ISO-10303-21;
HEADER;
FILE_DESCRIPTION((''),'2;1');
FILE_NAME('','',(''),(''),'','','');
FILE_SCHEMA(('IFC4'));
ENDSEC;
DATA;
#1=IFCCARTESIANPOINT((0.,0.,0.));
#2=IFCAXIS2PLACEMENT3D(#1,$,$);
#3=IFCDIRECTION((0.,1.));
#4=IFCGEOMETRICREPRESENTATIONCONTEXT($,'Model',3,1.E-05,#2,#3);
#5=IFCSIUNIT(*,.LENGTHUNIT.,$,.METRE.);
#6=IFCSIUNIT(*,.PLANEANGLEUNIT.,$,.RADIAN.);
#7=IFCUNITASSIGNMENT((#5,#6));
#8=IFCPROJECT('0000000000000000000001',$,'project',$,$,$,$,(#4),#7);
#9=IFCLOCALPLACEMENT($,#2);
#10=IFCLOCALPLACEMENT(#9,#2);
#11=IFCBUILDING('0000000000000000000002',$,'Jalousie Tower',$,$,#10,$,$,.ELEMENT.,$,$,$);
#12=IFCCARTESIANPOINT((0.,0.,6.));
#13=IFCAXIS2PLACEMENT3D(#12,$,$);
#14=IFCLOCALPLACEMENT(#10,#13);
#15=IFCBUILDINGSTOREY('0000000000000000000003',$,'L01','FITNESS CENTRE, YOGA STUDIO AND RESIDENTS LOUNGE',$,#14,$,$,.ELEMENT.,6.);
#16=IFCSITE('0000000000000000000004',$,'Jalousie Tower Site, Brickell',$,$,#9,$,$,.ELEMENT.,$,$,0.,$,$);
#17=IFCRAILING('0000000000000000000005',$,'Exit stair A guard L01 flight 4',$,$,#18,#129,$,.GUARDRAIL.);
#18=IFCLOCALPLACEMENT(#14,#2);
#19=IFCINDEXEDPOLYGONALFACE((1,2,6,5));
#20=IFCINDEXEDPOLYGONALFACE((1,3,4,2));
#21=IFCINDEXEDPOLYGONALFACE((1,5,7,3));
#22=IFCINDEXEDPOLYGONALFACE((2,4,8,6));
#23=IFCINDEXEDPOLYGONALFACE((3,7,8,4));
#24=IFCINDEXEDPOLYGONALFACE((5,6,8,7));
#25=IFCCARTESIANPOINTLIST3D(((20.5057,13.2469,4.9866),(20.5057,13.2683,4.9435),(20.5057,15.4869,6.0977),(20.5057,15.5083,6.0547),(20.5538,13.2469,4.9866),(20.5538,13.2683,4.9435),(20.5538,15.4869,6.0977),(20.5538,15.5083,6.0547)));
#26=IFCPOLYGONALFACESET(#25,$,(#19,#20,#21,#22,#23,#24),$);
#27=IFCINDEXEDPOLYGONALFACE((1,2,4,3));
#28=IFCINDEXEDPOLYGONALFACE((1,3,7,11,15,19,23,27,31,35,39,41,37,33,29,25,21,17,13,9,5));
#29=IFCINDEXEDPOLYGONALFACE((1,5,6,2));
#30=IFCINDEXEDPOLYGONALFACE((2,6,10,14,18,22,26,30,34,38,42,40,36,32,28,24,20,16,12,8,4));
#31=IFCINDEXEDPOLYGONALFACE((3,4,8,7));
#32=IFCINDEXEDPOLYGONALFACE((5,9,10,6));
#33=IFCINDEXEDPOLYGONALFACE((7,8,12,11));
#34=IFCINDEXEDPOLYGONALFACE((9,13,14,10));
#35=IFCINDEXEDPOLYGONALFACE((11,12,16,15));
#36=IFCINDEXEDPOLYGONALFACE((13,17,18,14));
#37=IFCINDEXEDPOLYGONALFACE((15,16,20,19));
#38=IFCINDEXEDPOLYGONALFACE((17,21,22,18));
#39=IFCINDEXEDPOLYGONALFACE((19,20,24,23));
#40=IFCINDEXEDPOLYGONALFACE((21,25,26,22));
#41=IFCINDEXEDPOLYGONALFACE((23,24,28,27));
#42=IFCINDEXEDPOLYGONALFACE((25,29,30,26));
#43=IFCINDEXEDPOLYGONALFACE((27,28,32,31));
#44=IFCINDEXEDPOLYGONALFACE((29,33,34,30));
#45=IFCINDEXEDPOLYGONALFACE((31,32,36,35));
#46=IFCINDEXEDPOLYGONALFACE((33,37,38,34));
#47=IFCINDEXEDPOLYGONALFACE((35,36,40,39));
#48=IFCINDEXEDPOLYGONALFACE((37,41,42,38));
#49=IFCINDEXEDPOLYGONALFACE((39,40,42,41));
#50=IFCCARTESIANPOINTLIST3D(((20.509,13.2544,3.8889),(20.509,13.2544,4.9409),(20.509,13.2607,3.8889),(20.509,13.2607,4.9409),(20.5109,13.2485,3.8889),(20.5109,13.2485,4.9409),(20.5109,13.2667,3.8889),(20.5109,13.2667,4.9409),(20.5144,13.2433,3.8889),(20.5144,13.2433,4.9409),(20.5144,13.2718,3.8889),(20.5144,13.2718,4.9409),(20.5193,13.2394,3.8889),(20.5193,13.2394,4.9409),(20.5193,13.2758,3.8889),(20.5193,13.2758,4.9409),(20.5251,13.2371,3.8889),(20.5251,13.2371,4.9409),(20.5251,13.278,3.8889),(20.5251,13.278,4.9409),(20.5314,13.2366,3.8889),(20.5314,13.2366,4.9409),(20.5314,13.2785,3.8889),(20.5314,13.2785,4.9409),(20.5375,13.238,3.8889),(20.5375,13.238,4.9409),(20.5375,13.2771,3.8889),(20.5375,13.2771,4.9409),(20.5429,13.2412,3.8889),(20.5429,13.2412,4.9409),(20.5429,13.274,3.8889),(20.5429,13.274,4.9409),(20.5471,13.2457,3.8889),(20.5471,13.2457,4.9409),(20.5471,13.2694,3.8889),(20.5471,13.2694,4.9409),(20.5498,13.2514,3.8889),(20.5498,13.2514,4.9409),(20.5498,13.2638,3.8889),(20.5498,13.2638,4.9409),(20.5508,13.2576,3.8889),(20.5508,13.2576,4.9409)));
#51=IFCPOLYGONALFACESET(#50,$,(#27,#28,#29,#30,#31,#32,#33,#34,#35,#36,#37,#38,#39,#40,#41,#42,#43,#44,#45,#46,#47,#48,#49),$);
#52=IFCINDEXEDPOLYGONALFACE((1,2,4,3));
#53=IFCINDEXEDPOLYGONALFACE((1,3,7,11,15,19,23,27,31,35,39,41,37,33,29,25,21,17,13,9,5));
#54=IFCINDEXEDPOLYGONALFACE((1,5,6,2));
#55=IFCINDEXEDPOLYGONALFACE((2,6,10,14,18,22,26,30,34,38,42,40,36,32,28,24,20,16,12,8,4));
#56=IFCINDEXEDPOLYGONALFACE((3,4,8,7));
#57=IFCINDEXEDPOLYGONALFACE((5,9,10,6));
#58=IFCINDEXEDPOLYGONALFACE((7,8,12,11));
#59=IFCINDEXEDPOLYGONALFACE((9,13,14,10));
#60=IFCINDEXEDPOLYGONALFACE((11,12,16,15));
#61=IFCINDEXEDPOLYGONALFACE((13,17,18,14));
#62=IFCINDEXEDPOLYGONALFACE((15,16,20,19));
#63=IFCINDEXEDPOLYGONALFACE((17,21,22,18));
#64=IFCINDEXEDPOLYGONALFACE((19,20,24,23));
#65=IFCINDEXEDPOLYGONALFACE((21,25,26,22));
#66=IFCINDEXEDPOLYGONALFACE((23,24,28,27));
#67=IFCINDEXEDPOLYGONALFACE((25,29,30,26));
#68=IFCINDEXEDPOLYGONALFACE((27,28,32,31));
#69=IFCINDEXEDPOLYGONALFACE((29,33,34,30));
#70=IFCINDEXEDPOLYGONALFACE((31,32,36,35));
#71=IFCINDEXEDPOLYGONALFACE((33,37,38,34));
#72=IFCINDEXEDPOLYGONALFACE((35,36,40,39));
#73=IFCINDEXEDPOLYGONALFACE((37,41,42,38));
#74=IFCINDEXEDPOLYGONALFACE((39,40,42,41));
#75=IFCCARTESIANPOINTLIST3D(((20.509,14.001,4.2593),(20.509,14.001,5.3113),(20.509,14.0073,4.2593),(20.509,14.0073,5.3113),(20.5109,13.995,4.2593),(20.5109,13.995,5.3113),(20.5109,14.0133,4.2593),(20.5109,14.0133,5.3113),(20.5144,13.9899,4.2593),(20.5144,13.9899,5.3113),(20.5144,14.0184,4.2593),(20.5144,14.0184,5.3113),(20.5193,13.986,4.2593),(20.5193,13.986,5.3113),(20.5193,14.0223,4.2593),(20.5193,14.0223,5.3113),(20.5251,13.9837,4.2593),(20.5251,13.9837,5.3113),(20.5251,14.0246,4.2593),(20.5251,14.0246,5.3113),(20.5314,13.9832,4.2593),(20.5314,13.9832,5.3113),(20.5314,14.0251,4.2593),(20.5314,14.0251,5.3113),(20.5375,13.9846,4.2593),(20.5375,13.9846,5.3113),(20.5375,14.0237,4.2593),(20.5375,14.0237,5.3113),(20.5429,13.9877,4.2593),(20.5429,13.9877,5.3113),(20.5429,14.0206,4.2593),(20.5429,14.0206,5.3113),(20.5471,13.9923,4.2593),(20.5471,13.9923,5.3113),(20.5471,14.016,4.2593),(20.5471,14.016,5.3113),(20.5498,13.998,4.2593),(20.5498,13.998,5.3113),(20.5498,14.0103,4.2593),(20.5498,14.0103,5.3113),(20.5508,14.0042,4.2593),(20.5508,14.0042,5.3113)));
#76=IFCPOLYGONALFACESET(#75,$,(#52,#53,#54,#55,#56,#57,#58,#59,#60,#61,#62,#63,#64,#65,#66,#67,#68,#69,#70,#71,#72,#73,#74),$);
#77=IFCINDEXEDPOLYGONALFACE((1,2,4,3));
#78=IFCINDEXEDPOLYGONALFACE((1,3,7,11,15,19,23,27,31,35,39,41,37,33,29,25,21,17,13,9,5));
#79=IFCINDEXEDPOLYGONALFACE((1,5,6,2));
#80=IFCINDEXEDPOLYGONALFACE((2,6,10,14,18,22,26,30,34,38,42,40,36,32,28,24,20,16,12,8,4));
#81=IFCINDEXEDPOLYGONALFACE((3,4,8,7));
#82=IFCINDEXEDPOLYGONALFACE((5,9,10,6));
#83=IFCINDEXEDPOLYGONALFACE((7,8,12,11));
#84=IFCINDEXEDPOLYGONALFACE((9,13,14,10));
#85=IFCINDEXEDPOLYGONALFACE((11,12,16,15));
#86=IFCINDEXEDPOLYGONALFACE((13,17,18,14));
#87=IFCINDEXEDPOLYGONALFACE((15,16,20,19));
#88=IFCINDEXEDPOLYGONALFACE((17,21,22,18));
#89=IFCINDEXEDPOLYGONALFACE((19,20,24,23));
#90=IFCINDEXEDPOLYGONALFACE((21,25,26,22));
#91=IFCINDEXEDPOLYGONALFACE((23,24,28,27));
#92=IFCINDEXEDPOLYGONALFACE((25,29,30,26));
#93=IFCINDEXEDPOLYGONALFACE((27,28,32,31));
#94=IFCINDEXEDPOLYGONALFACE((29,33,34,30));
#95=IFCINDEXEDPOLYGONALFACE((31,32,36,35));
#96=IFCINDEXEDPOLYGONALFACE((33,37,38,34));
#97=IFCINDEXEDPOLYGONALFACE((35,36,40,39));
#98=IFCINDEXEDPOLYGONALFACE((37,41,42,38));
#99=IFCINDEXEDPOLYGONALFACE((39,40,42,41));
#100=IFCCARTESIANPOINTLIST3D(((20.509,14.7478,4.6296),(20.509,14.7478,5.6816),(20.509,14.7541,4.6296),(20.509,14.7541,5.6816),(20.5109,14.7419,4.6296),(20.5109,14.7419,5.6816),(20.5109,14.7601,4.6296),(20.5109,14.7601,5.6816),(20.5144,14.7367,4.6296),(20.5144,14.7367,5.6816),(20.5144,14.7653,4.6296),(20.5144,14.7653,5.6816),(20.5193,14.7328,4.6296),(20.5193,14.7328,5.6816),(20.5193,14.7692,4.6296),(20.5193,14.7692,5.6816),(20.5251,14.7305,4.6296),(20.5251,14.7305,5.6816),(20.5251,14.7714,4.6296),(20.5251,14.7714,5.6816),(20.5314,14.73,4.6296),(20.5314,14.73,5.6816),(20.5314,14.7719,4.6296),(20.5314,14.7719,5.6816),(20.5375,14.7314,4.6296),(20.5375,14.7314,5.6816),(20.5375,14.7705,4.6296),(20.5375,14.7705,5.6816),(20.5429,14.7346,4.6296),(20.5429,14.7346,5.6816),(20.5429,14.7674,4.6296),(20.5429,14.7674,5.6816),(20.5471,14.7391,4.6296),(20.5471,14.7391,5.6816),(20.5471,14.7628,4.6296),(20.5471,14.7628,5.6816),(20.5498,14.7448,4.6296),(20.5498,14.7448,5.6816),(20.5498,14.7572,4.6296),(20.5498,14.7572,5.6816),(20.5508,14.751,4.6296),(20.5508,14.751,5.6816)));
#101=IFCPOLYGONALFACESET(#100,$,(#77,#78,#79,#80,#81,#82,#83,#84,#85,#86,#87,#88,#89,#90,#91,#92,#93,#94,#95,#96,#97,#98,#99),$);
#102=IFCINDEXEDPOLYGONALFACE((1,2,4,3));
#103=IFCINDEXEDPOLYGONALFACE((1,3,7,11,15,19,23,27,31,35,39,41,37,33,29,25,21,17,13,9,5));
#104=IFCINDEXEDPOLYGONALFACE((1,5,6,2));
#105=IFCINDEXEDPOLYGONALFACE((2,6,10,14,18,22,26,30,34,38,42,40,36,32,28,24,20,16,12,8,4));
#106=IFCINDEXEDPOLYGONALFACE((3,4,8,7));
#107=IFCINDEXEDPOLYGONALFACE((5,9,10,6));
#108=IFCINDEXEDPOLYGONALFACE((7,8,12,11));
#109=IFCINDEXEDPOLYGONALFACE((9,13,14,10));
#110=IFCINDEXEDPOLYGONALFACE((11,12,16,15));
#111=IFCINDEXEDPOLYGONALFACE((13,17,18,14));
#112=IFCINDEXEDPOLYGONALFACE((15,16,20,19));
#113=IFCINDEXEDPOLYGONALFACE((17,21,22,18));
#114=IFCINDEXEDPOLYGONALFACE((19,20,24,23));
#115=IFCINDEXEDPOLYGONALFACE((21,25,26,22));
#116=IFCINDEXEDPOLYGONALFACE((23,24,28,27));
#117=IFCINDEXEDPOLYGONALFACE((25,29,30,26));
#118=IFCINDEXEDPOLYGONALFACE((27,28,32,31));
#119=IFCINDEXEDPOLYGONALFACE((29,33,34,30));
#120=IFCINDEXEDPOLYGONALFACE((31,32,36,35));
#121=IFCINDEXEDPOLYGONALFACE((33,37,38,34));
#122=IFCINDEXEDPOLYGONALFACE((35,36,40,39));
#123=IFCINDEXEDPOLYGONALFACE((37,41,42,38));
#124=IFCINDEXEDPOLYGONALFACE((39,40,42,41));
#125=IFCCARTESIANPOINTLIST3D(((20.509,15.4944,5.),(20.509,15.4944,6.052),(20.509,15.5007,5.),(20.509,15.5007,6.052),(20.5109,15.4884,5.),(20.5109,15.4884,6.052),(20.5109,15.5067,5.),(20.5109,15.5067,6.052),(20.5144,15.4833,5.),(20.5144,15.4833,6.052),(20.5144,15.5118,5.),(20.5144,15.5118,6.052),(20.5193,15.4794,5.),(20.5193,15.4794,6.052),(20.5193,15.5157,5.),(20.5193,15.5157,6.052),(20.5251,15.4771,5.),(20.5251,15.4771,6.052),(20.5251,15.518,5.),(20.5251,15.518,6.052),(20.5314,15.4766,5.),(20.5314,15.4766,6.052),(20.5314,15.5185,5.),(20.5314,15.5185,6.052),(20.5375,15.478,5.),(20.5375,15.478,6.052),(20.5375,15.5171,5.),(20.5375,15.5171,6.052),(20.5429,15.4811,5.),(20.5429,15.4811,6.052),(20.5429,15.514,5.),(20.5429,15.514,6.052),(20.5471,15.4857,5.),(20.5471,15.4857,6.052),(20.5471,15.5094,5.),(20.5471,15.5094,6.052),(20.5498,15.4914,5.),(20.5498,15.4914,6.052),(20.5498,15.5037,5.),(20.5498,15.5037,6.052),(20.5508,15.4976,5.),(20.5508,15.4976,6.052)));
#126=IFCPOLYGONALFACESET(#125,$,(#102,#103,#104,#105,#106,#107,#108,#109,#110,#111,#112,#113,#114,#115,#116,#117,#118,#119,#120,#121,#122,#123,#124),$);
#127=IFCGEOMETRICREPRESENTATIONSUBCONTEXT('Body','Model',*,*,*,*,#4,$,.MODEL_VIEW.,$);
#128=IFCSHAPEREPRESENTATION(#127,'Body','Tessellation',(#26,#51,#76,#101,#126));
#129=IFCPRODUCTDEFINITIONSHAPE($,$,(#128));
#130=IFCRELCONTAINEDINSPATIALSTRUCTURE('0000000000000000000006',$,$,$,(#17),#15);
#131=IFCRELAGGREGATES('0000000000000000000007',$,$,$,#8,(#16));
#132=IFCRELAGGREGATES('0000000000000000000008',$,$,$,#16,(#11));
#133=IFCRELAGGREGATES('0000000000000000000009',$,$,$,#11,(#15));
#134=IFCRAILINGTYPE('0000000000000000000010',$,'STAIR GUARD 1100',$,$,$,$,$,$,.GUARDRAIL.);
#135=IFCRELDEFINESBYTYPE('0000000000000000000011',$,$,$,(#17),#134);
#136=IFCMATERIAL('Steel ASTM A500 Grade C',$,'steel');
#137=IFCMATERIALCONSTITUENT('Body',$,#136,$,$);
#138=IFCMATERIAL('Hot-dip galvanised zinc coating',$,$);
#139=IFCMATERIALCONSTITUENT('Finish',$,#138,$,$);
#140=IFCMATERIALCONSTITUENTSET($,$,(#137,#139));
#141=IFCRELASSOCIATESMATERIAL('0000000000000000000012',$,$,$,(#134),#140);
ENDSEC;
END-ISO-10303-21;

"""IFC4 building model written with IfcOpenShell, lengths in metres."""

from ifc_helpers import new_model, si_unit, direction, frame, origin, origin_2d, place, context, subcontext, project, spatial, rectangle, circle, extrude, material, constituent, constituent_set, type_object, element, save


model = new_model("IFC4")

# Units and contexts
model_context = context("Model", 3, precision=1e-05, world=origin(), true_north=direction((0.0, 1.0)))
body_context = subcontext(model_context, "Body", "Model", "MODEL_VIEW")
ifc_project = project(units=[si_unit("LENGTHUNIT", "METRE"), si_unit("PLANEANGLEUNIT", "RADIAN")], contexts=[model_context])

# Site, building, storey
site_placement = place(None, origin())
site = spatial("IfcSite", under=ifc_project, at=site_placement, Name="Jalousie Tower Site, Brickell", CompositionType="ELEMENT", RefElevation=0.0)
building_placement = place(site_placement, origin())
building = spatial("IfcBuilding", under=site, at=building_placement, Name="Jalousie Tower", CompositionType="ELEMENT")
storey_placement = place(building_placement, frame((0.0, 0.0, 6.0)))
storey = spatial("IfcBuildingStorey", under=building, at=storey_placement, Name="L01", Description="FITNESS CENTRE, YOGA STUDIO AND RESIDENTS LOUNGE", CompositionType="ELEMENT", Elevation=6.0)

# Railing
ifc_material_1 = material(Name="Steel ASTM A500 Grade C", Category="steel")
ifc_constituent_1 = constituent(ifc_material_1, Name="Body")
ifc_material_2 = material(Name="Hot-dip galvanised zinc coating")
ifc_constituent_2 = constituent(ifc_material_2, Name="Finish")
ifc_constituent_set_1 = constituent_set(constituents=[ifc_constituent_1, ifc_constituent_2])
railing_type_1 = type_object("IfcRailingType", Name="STAIR GUARD 1100", PredefinedType="GUARDRAIL", material=ifc_constituent_set_1)
railing_1_placement = place(storey_placement, frame((20.5298, 13.2576, 3.8889)))
element("IfcRailing", 1, at=railing_1_placement, inside=storey, type_object=railing_type_1, Name="Exit stair A guard L01 flight 4", PredefinedType="GUARDRAIL", context=body_context, shape_type="SweptSolid", body=[
    extrude(rectangle(XDim=0.0481, YDim=0.0481, at=origin_2d()), frame((0.0, 0.0, 1.0762), z_axis=(0.0, 0.895848, 0.44436), x_axis=(-1.0, 0.0, 0.0)), (0.0, 0.0, 1.0), 2.5005),
    extrude(circle(Radius=0.021, at=origin_2d()), origin(), (0.0, 0.0, 1.0), 1.052),
    extrude(circle(Radius=0.021, at=origin_2d()), frame((0.0, 0.7466, 0.3704)), (0.0, 0.0, 1.0), 1.052),
    extrude(circle(Radius=0.021, at=origin_2d()), frame((0.0, 1.4934, 0.7407)), (0.0, 0.0, 1.0), 1.052),
    extrude(circle(Radius=0.021, at=origin_2d()), frame((0.0, 2.24, 1.1111)), (0.0, 0.0, 1.0), 1.052),
])

save(model, "model.ifc")
